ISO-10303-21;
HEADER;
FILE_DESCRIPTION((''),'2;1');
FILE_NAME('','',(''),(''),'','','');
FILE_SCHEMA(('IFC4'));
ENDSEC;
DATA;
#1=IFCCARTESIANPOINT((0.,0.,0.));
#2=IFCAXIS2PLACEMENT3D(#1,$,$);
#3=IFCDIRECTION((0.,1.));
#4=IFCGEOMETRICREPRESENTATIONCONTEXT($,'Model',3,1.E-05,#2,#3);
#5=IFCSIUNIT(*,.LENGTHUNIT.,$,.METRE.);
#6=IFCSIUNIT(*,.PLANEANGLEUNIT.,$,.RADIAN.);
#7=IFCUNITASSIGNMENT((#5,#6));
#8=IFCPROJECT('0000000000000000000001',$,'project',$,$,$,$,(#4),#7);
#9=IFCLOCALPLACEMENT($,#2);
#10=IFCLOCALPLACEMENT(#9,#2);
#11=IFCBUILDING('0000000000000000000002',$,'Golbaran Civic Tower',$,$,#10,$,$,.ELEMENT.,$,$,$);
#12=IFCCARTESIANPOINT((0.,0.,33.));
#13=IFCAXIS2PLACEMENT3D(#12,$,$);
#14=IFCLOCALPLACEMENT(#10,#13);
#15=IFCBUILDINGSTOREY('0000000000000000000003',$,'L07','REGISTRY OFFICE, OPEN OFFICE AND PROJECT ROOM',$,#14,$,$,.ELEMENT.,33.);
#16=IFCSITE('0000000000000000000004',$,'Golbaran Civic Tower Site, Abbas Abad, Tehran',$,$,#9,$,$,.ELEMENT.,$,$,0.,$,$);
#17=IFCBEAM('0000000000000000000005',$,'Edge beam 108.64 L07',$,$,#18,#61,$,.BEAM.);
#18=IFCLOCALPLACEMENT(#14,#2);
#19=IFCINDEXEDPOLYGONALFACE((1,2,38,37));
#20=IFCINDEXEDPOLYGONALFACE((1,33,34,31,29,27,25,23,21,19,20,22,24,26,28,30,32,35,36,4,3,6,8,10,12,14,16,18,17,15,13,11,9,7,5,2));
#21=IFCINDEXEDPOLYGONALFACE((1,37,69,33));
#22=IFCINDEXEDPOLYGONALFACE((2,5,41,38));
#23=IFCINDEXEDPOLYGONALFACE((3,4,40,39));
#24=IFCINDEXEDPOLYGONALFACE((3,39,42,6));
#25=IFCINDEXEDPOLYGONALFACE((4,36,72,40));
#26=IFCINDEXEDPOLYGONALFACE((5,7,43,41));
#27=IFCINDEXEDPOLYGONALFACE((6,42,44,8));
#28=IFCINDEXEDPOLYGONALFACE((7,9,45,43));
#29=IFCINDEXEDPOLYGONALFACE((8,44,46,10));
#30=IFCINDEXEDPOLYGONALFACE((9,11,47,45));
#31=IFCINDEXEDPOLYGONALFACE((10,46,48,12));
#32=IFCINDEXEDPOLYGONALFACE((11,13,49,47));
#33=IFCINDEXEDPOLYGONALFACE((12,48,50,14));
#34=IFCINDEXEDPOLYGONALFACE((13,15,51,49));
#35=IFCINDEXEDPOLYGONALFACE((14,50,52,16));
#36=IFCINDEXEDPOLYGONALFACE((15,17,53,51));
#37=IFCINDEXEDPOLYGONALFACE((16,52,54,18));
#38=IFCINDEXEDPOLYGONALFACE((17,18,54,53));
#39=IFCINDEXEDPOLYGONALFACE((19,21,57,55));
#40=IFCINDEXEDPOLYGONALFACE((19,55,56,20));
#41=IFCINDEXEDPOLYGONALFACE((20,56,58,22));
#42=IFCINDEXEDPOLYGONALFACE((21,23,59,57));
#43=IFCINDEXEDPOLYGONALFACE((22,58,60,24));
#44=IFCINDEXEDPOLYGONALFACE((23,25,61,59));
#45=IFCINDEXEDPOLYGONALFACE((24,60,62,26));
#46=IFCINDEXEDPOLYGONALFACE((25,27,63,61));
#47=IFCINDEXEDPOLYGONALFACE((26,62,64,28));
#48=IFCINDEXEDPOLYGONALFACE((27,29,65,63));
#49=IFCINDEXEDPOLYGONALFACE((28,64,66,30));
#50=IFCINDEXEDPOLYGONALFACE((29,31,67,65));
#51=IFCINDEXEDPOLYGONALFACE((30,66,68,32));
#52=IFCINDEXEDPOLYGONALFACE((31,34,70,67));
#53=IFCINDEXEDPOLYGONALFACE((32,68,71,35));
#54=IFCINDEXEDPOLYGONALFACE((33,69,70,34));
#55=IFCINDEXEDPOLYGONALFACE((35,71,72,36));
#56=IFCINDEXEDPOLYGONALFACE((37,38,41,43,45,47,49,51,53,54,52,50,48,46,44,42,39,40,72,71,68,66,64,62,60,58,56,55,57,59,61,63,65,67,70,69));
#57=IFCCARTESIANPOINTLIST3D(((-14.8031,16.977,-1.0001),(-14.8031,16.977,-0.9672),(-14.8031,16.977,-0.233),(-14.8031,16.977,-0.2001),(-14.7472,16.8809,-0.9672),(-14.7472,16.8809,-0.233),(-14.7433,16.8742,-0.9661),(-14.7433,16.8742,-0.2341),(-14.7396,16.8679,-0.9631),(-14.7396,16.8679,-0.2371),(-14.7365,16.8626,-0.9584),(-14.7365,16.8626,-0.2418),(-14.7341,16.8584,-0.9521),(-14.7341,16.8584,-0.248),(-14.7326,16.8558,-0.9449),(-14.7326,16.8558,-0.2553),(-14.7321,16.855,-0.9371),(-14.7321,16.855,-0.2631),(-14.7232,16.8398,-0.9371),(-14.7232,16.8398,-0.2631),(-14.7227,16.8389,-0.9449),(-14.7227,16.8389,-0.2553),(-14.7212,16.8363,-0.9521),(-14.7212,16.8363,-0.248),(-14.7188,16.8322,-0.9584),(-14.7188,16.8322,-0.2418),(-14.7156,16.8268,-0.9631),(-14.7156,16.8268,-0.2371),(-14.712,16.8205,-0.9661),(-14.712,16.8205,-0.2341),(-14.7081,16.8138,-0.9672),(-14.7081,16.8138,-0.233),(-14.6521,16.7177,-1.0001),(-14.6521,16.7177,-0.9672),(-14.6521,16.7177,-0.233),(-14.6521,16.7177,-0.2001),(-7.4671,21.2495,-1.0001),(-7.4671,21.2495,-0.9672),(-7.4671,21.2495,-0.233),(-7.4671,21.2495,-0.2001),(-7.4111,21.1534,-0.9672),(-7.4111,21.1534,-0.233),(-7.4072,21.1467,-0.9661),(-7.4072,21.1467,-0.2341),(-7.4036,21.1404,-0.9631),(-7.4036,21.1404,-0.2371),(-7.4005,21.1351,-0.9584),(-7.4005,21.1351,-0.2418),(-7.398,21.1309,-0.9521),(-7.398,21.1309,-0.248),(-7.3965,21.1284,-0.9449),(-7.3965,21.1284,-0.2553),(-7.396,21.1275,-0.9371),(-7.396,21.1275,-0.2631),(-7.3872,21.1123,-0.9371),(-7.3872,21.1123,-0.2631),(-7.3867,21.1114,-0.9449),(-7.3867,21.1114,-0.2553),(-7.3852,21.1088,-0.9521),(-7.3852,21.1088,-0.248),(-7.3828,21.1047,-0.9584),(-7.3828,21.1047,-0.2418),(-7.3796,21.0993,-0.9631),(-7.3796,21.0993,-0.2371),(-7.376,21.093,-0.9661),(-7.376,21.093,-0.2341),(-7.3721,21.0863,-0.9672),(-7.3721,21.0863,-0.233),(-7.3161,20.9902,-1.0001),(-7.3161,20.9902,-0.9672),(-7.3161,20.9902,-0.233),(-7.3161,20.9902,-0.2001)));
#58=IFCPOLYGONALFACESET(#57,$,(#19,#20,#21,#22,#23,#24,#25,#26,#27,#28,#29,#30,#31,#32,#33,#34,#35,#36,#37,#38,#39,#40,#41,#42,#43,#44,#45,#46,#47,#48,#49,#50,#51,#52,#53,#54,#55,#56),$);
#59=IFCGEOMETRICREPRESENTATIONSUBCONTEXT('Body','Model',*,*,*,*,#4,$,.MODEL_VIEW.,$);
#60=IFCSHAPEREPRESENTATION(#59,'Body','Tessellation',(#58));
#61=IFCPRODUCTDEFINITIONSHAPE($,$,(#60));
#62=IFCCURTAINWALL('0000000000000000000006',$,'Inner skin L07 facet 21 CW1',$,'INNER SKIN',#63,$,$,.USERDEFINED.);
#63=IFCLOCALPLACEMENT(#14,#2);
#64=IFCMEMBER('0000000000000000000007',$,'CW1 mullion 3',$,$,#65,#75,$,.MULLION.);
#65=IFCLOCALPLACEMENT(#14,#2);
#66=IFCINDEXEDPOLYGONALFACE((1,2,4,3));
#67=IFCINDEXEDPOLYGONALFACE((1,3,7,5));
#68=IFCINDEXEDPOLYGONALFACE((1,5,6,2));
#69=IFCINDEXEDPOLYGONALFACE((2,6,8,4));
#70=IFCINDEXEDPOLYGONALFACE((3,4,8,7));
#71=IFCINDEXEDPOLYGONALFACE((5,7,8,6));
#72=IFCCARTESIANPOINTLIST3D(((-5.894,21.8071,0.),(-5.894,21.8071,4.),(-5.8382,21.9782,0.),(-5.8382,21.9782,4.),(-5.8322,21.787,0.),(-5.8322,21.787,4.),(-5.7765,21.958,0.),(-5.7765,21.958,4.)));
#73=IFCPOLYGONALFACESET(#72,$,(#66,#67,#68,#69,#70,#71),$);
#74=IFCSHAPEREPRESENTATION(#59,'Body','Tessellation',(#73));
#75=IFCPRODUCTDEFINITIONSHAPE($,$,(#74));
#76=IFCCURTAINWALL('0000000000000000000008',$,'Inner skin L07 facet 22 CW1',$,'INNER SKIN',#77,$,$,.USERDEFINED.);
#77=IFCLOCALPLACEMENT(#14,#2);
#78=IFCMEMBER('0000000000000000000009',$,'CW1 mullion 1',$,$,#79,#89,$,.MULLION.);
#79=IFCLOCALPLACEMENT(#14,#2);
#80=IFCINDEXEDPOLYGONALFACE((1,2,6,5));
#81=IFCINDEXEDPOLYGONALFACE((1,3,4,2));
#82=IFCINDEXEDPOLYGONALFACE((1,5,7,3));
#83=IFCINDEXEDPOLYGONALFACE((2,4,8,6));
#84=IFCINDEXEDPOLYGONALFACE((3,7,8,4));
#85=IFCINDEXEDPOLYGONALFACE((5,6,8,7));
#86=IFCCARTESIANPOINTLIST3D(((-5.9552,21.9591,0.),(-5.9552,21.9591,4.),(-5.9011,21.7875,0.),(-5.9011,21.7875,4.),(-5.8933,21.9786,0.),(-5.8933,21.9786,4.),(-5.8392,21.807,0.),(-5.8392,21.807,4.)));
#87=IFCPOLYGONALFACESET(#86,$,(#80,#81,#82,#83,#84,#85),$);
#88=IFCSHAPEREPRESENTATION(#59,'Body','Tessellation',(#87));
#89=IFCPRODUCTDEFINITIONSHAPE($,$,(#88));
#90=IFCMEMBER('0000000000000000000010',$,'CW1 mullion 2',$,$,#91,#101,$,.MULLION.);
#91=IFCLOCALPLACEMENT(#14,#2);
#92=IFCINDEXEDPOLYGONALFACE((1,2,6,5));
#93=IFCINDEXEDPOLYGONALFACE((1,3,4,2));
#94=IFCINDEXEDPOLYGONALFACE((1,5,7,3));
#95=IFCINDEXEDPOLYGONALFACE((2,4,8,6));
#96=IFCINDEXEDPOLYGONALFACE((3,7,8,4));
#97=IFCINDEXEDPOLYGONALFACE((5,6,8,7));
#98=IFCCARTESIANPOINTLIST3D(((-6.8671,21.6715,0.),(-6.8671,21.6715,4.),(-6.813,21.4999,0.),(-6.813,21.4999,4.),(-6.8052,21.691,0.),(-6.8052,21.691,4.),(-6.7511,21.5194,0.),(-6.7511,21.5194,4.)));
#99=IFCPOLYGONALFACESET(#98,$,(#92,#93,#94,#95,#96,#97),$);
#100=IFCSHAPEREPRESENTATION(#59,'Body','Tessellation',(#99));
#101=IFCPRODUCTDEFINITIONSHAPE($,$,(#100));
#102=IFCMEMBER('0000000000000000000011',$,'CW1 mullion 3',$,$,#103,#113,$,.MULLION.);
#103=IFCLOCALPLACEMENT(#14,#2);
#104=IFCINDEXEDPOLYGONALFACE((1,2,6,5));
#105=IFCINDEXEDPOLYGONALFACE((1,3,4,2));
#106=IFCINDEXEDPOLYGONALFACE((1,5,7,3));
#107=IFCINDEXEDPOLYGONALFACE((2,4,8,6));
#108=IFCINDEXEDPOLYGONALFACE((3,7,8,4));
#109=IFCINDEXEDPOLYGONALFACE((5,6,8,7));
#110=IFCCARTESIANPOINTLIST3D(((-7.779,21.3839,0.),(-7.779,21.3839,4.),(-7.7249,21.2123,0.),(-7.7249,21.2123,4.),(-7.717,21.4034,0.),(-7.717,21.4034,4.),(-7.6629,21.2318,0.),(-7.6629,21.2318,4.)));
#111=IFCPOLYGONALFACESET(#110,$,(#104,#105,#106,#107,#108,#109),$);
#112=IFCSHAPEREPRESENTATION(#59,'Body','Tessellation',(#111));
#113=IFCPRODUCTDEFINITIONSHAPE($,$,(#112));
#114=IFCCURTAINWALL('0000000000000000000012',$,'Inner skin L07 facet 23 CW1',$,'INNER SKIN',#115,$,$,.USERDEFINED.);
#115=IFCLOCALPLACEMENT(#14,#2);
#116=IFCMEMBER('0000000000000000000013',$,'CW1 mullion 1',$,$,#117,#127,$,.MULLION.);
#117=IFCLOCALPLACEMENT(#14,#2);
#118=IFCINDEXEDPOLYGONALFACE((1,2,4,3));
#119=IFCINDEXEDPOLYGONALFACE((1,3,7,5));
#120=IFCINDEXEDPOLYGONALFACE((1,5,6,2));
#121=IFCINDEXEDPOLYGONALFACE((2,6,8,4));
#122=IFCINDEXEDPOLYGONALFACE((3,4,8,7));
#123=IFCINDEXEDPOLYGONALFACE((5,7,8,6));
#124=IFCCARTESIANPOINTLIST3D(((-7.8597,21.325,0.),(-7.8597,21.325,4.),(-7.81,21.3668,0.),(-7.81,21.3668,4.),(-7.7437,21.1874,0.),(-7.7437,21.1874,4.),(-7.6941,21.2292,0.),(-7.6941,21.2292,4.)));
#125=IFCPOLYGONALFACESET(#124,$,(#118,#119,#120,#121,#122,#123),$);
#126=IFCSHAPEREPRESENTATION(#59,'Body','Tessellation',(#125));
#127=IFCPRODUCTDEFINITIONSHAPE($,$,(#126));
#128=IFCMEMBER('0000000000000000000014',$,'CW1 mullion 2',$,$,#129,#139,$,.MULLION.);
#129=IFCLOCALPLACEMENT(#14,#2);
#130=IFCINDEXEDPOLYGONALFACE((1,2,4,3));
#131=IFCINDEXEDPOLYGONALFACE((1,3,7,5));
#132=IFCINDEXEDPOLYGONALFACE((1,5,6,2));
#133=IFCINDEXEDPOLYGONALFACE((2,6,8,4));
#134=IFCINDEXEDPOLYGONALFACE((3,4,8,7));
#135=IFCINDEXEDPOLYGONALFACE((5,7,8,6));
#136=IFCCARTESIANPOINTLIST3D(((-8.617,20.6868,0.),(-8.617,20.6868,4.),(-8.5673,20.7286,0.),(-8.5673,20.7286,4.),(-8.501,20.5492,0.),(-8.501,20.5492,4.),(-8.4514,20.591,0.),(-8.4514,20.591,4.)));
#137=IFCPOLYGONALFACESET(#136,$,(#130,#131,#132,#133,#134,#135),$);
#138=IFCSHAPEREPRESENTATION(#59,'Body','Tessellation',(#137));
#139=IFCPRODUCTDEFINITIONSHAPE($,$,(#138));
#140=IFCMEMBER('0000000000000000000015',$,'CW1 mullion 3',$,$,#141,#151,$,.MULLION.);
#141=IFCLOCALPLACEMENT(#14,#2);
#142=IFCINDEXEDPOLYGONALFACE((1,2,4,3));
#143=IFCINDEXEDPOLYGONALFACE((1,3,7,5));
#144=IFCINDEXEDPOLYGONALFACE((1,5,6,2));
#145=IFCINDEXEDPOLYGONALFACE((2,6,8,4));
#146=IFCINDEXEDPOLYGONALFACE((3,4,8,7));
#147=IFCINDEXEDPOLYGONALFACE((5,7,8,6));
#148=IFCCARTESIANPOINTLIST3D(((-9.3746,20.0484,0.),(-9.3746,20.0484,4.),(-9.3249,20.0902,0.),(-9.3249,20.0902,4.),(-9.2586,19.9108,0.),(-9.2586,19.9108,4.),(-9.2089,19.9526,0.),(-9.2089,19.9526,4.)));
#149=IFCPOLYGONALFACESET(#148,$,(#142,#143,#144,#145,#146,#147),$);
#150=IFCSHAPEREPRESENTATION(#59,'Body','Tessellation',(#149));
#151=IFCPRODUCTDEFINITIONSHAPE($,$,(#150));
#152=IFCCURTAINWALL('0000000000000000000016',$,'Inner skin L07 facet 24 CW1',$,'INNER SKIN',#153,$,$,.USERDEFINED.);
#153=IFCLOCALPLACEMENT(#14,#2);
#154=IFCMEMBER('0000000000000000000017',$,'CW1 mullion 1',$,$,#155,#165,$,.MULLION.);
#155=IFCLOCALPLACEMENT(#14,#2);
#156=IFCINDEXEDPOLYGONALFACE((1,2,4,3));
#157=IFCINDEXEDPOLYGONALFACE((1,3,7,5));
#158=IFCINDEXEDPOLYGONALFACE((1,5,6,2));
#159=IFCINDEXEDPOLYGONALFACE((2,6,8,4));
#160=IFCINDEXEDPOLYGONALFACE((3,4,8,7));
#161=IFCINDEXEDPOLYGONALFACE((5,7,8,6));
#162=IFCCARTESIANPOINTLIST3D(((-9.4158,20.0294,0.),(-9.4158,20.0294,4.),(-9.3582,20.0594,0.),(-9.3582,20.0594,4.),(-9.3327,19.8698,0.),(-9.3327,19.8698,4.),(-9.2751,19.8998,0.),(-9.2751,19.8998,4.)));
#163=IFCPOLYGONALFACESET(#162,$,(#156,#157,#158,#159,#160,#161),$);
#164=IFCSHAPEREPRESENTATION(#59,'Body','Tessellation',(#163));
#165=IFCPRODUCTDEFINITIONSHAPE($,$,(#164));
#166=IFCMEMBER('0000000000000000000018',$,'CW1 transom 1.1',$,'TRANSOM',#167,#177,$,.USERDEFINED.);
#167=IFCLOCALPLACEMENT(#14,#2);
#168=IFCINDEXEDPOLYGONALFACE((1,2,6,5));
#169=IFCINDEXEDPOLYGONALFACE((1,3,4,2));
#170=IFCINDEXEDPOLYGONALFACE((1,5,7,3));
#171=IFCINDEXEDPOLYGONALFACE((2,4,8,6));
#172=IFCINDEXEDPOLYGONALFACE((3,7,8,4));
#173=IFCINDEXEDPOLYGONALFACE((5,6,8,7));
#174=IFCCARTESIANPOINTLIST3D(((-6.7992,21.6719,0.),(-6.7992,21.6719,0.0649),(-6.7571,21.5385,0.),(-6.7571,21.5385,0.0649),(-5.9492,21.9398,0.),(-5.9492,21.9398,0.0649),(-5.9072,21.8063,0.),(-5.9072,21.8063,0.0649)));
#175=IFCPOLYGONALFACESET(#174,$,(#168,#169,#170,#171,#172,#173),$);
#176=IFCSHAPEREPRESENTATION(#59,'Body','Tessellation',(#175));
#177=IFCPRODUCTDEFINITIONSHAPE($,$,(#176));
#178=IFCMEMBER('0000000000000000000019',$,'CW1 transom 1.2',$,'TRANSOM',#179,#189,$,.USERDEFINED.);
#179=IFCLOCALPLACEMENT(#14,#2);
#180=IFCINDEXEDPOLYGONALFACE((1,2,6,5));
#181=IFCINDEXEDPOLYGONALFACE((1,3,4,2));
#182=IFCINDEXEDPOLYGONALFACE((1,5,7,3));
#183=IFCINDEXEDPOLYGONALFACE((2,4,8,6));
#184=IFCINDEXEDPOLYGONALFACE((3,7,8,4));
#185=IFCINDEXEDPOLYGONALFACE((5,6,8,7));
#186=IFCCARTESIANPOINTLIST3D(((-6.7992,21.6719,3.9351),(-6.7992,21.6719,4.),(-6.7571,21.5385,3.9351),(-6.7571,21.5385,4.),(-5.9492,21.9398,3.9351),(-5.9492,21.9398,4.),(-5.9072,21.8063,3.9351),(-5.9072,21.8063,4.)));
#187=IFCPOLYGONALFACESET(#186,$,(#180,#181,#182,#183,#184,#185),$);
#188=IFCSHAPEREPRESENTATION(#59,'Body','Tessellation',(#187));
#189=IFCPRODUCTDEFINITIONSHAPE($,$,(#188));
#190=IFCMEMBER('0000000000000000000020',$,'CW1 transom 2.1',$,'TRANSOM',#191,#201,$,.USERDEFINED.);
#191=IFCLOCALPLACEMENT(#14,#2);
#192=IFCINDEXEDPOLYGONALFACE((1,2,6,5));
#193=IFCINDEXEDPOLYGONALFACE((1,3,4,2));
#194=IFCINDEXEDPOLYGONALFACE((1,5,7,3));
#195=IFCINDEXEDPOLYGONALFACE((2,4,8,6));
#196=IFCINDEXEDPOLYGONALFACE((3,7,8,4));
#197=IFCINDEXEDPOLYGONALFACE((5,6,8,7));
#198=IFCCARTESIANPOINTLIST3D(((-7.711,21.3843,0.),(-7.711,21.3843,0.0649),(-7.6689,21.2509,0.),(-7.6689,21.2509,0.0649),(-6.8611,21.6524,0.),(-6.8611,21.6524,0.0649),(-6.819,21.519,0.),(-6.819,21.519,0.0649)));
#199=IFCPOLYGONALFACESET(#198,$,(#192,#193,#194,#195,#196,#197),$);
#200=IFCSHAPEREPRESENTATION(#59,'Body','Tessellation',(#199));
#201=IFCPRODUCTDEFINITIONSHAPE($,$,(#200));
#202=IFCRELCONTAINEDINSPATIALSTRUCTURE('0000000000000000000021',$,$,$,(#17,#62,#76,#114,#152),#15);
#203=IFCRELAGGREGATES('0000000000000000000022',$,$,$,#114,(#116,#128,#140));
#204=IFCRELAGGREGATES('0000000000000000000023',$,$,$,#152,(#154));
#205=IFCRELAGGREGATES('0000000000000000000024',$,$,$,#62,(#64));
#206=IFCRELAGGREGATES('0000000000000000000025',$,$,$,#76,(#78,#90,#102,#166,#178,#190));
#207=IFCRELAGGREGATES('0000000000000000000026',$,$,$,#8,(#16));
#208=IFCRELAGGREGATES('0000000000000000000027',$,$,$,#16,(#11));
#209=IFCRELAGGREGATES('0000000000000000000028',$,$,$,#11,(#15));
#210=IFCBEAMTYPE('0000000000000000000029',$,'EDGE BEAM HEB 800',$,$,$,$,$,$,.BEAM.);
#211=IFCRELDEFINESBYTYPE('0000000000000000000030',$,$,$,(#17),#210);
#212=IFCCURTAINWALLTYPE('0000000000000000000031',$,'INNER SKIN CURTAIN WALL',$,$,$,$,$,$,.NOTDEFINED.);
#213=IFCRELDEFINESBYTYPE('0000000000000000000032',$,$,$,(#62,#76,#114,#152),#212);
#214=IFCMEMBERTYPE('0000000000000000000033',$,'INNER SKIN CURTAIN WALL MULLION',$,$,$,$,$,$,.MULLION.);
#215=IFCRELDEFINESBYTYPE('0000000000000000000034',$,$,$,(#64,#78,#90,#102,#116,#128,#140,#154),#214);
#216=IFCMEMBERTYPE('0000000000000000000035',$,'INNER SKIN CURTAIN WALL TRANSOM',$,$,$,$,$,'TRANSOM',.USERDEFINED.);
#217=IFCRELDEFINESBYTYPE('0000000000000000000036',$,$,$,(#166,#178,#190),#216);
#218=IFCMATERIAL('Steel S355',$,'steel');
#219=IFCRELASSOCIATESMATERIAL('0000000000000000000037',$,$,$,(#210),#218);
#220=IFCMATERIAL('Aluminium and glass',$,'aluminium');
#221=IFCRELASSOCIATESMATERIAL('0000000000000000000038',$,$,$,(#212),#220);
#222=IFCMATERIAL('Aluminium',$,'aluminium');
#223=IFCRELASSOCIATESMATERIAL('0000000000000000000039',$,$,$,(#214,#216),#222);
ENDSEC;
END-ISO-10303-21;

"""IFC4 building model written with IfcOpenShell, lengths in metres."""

from ifc_helpers import new_model, si_unit, direction, frame, origin, origin_2d, place, context, subcontext, project, spatial, rectangle, i_section, extrude, material, material_profile, profile_set, type_object, element, aggregate, save


model = new_model("IFC4")

# Units and contexts
model_context = context("Model", 3, precision=1e-05, world=origin(), true_north=direction((0.0, 1.0)))
body_context = subcontext(model_context, "Body", "Model", "MODEL_VIEW")
ifc_project = project(units=[si_unit("LENGTHUNIT", "METRE"), si_unit("PLANEANGLEUNIT", "RADIAN")], contexts=[model_context])

# Site, building, storey
site_placement = place(None, origin())
site = spatial("IfcSite", under=ifc_project, at=site_placement, Name="Golbaran Civic Tower Site, Abbas Abad, Tehran", CompositionType="ELEMENT", RefElevation=0.0)
building_placement = place(site_placement, origin())
building = spatial("IfcBuilding", under=site, at=building_placement, Name="Golbaran Civic Tower", CompositionType="ELEMENT")
storey_placement = place(building_placement, frame((0.0, 0.0, 33.0)))
storey = spatial("IfcBuildingStorey", under=building, at=storey_placement, Name="L07", Description="REGISTRY OFFICE, OPEN OFFICE AND PROJECT ROOM", CompositionType="ELEMENT", Elevation=33.0)

# Beam
ifc_material_1 = material(Name="Steel S355", Category="steel")
ifc_material_profile_1 = material_profile(ifc_material_1, i_section(OverallWidth=0.3, OverallDepth=0.8, WebThickness=0.0176, FlangeThickness=0.033, FilletRadius=0.03, at=origin_2d()), Name="HEB 800")
ifc_profile_set_1 = profile_set([ifc_material_profile_1], Name="Steel S355")
beam_type = type_object("IfcBeamType", Name="EDGE BEAM HEB 800", PredefinedType="BEAM", material=ifc_profile_set_1)
beam_placement = place(storey_placement, frame((-7.3916, 21.1199, -0.6001), z_axis=(-0.864129, -0.50327, 0.0), x_axis=(0.50327, -0.864129, 0.0)))
element("IfcBeam", 1, at=beam_placement, inside=storey, type_object=beam_type, Name="Edge beam 108.64 L07", PredefinedType="BEAM", context=body_context, shape_type="SweptSolid", body=[
    extrude(i_section(OverallWidth=0.3, OverallDepth=0.8, WebThickness=0.0176, FlangeThickness=0.033, FilletRadius=0.03, at=origin_2d()), origin(), (0.0, 0.0, 1.0), 8.4895),
])

# Curtain wall, member
ifc_material_2 = material(Name="Aluminium and glass", Category="aluminium")
curtain_wall_type = type_object("IfcCurtainWallType", Name="INNER SKIN CURTAIN WALL", PredefinedType="NOTDEFINED", material=ifc_material_2)
curtain_wall_1_placement = place(storey_placement, origin())
curtain_wall_1 = element("IfcCurtainWall", 2, at=curtain_wall_1_placement, inside=storey, type_object=curtain_wall_type, Name="Inner skin L07 facet 21 CW1", ObjectType="INNER SKIN", PredefinedType="USERDEFINED")
ifc_material_3 = material(Name="Aluminium", Category="aluminium")
ifc_material_profile_2 = material_profile(ifc_material_3, rectangle(XDim=0.1799, YDim=0.0649, at=origin_2d()), Name="INNER SKIN CURTAIN WALL MULLION")
ifc_profile_set_2 = profile_set([ifc_material_profile_2], Name="Aluminium")
member_type_1 = type_object("IfcMemberType", Name="INNER SKIN CURTAIN WALL MULLION", PredefinedType="MULLION", material=ifc_profile_set_2)
member_1_placement = place(storey_placement, frame((-5.8352, 21.8826, 0.0), z_axis=(0.0, 0.0, 1.0), x_axis=(-0.309925, -0.950761, 0.0)))
member_1 = element("IfcMember", 3, at=member_1_placement, type_object=member_type_1, Name="CW1 mullion 3", PredefinedType="MULLION", context=body_context, shape_type="SweptSolid", body=[
    extrude(rectangle(XDim=0.1799, YDim=0.0649, at=origin_2d()), origin(), (0.0, 0.0, 1.0), 4.0),
])

# Curtain walls, members
curtain_wall_2_placement = place(storey_placement, origin())
curtain_wall_2 = element("IfcCurtainWall", 4, at=curtain_wall_2_placement, inside=storey, type_object=curtain_wall_type, Name="Inner skin L07 facet 22 CW1", ObjectType="INNER SKIN", PredefinedType="USERDEFINED")
member_2_placement = place(storey_placement, frame((-5.8972, 21.8831, 0.0), z_axis=(0.0, 0.0, 1.0), x_axis=(0.300706, -0.953717, 0.0)))
member_2 = element("IfcMember", 5, at=member_2_placement, type_object=member_type_1, Name="CW1 mullion 1", PredefinedType="MULLION", context=body_context, shape_type="SweptSolid", body=[
    extrude(rectangle(XDim=0.1799, YDim=0.0649, at=origin_2d()), origin(), (0.0, 0.0, 1.0), 4.0),
])
member_3_placement = place(storey_placement, frame((-6.8091, 21.5955, 0.0), z_axis=(0.0, 0.0, 1.0), x_axis=(0.300706, -0.953717, 0.0)))
member_3 = element("IfcMember", 6, at=member_3_placement, type_object=member_type_1, Name="CW1 mullion 2", PredefinedType="MULLION", context=body_context, shape_type="SweptSolid", body=[
    extrude(rectangle(XDim=0.1799, YDim=0.0649, at=origin_2d()), origin(), (0.0, 0.0, 1.0), 4.0),
])
member_4_placement = place(storey_placement, frame((-7.7209, 21.3079, 0.0), z_axis=(0.0, 0.0, 1.0), x_axis=(0.300706, -0.953717, 0.0)))
member_4 = element("IfcMember", 7, at=member_4_placement, type_object=member_type_1, Name="CW1 mullion 3", PredefinedType="MULLION", context=body_context, shape_type="SweptSolid", body=[
    extrude(rectangle(XDim=0.1799, YDim=0.0649, at=origin_2d()), origin(), (0.0, 0.0, 1.0), 4.0),
])
curtain_wall_3_placement = place(storey_placement, origin())
curtain_wall_3 = element("IfcCurtainWall", 8, at=curtain_wall_3_placement, inside=storey, type_object=curtain_wall_type, Name="Inner skin L07 facet 23 CW1", ObjectType="INNER SKIN", PredefinedType="USERDEFINED")
member_5_placement = place(storey_placement, frame((-7.7769, 21.2771, 0.0), z_axis=(0.0, 0.0, 1.0), x_axis=(0.644395, -0.764692, 0.0)))
member_5 = element("IfcMember", 9, at=member_5_placement, type_object=member_type_1, Name="CW1 mullion 1", PredefinedType="MULLION", context=body_context, shape_type="SweptSolid", body=[
    extrude(rectangle(XDim=0.1799, YDim=0.0649, at=origin_2d()), origin(), (0.0, 0.0, 1.0), 4.0),
])
member_6_placement = place(storey_placement, frame((-8.5342, 20.6389, 0.0), z_axis=(0.0, 0.0, 1.0), x_axis=(0.644395, -0.764692, 0.0)))
member_6 = element("IfcMember", 10, at=member_6_placement, type_object=member_type_1, Name="CW1 mullion 2", PredefinedType="MULLION", context=body_context, shape_type="SweptSolid", body=[
    extrude(rectangle(XDim=0.1799, YDim=0.0649, at=origin_2d()), origin(), (0.0, 0.0, 1.0), 4.0),
])
member_7_placement = place(storey_placement, frame((-9.2917, 20.0005, 0.0), z_axis=(0.0, 0.0, 1.0), x_axis=(0.644395, -0.764692, 0.0)))
member_7 = element("IfcMember", 11, at=member_7_placement, type_object=member_type_1, Name="CW1 mullion 3", PredefinedType="MULLION", context=body_context, shape_type="SweptSolid", body=[
    extrude(rectangle(XDim=0.1799, YDim=0.0649, at=origin_2d()), origin(), (0.0, 0.0, 1.0), 4.0),
])

# Curtain wall, member
curtain_wall_4_placement = place(storey_placement, origin())
curtain_wall_4 = element("IfcCurtainWall", 12, at=curtain_wall_4_placement, inside=storey, type_object=curtain_wall_type, Name="Inner skin L07 facet 24 CW1", ObjectType="INNER SKIN", PredefinedType="USERDEFINED")
member_8_placement = place(storey_placement, frame((-9.3455, 19.9646, 0.0), z_axis=(0.0, 0.0, 1.0), x_axis=(0.461749, -0.887011, 0.0)))
member_8 = element("IfcMember", 13, at=member_8_placement, type_object=member_type_1, Name="CW1 mullion 1", PredefinedType="MULLION", context=body_context, shape_type="SweptSolid", body=[
    extrude(rectangle(XDim=0.1799, YDim=0.0649, at=origin_2d()), origin(), (0.0, 0.0, 1.0), 4.0),
])

# Members
ifc_material_profile_3 = material_profile(ifc_material_3, rectangle(XDim=0.1399, YDim=0.0649, at=origin_2d()), Name="INNER SKIN CURTAIN WALL TRANSOM")
ifc_profile_set_3 = profile_set([ifc_material_profile_3], Name="Aluminium")
member_type_2 = type_object("IfcMemberType", Name="INNER SKIN CURTAIN WALL TRANSOM", ElementType="TRANSOM", PredefinedType="USERDEFINED", material=ifc_profile_set_3)
member_9_placement = place(storey_placement, frame((-5.9282, 21.873, 0.0325), z_axis=(-0.953761, -0.300567, 0.0), x_axis=(0.300567, -0.953761, 0.0)))
member_9 = element("IfcMember", 14, at=member_9_placement, type_object=member_type_2, Name="CW1 transom 1.1", ObjectType="TRANSOM", PredefinedType="USERDEFINED", context=body_context, shape_type="SweptSolid", body=[
    extrude(rectangle(XDim=0.1399, YDim=0.0649, at=origin_2d()), origin(), (0.0, 0.0, 1.0), 0.8911),
])
member_10_placement = place(storey_placement, frame((-5.9282, 21.873, 3.9675), z_axis=(-0.953761, -0.300567, 0.0), x_axis=(0.300567, -0.953761, 0.0)))
member_10 = element("IfcMember", 15, at=member_10_placement, type_object=member_type_2, Name="CW1 transom 1.2", ObjectType="TRANSOM", PredefinedType="USERDEFINED", context=body_context, shape_type="SweptSolid", body=[
    extrude(rectangle(XDim=0.1399, YDim=0.0649, at=origin_2d()), origin(), (0.0, 0.0, 1.0), 0.8911),
])
member_11_placement = place(storey_placement, frame((-6.8401, 21.5857, 0.0325), z_axis=(-0.953682, -0.300817, 0.0), x_axis=(0.300817, -0.953682, 0.0)))
member_11 = element("IfcMember", 16, at=member_11_placement, type_object=member_type_2, Name="CW1 transom 2.1", ObjectType="TRANSOM", PredefinedType="USERDEFINED", context=body_context, shape_type="SweptSolid", body=[
    extrude(rectangle(XDim=0.1399, YDim=0.0649, at=origin_2d()), origin(), (0.0, 0.0, 1.0), 0.8911),
])

aggregate(curtain_wall_3, [member_5, member_6, member_7])
aggregate(curtain_wall_4, [member_8])
aggregate(curtain_wall_1, [member_1])
aggregate(curtain_wall_2, [member_2, member_3, member_4, member_9, member_10, member_11])

save(model, "model.ifc")
